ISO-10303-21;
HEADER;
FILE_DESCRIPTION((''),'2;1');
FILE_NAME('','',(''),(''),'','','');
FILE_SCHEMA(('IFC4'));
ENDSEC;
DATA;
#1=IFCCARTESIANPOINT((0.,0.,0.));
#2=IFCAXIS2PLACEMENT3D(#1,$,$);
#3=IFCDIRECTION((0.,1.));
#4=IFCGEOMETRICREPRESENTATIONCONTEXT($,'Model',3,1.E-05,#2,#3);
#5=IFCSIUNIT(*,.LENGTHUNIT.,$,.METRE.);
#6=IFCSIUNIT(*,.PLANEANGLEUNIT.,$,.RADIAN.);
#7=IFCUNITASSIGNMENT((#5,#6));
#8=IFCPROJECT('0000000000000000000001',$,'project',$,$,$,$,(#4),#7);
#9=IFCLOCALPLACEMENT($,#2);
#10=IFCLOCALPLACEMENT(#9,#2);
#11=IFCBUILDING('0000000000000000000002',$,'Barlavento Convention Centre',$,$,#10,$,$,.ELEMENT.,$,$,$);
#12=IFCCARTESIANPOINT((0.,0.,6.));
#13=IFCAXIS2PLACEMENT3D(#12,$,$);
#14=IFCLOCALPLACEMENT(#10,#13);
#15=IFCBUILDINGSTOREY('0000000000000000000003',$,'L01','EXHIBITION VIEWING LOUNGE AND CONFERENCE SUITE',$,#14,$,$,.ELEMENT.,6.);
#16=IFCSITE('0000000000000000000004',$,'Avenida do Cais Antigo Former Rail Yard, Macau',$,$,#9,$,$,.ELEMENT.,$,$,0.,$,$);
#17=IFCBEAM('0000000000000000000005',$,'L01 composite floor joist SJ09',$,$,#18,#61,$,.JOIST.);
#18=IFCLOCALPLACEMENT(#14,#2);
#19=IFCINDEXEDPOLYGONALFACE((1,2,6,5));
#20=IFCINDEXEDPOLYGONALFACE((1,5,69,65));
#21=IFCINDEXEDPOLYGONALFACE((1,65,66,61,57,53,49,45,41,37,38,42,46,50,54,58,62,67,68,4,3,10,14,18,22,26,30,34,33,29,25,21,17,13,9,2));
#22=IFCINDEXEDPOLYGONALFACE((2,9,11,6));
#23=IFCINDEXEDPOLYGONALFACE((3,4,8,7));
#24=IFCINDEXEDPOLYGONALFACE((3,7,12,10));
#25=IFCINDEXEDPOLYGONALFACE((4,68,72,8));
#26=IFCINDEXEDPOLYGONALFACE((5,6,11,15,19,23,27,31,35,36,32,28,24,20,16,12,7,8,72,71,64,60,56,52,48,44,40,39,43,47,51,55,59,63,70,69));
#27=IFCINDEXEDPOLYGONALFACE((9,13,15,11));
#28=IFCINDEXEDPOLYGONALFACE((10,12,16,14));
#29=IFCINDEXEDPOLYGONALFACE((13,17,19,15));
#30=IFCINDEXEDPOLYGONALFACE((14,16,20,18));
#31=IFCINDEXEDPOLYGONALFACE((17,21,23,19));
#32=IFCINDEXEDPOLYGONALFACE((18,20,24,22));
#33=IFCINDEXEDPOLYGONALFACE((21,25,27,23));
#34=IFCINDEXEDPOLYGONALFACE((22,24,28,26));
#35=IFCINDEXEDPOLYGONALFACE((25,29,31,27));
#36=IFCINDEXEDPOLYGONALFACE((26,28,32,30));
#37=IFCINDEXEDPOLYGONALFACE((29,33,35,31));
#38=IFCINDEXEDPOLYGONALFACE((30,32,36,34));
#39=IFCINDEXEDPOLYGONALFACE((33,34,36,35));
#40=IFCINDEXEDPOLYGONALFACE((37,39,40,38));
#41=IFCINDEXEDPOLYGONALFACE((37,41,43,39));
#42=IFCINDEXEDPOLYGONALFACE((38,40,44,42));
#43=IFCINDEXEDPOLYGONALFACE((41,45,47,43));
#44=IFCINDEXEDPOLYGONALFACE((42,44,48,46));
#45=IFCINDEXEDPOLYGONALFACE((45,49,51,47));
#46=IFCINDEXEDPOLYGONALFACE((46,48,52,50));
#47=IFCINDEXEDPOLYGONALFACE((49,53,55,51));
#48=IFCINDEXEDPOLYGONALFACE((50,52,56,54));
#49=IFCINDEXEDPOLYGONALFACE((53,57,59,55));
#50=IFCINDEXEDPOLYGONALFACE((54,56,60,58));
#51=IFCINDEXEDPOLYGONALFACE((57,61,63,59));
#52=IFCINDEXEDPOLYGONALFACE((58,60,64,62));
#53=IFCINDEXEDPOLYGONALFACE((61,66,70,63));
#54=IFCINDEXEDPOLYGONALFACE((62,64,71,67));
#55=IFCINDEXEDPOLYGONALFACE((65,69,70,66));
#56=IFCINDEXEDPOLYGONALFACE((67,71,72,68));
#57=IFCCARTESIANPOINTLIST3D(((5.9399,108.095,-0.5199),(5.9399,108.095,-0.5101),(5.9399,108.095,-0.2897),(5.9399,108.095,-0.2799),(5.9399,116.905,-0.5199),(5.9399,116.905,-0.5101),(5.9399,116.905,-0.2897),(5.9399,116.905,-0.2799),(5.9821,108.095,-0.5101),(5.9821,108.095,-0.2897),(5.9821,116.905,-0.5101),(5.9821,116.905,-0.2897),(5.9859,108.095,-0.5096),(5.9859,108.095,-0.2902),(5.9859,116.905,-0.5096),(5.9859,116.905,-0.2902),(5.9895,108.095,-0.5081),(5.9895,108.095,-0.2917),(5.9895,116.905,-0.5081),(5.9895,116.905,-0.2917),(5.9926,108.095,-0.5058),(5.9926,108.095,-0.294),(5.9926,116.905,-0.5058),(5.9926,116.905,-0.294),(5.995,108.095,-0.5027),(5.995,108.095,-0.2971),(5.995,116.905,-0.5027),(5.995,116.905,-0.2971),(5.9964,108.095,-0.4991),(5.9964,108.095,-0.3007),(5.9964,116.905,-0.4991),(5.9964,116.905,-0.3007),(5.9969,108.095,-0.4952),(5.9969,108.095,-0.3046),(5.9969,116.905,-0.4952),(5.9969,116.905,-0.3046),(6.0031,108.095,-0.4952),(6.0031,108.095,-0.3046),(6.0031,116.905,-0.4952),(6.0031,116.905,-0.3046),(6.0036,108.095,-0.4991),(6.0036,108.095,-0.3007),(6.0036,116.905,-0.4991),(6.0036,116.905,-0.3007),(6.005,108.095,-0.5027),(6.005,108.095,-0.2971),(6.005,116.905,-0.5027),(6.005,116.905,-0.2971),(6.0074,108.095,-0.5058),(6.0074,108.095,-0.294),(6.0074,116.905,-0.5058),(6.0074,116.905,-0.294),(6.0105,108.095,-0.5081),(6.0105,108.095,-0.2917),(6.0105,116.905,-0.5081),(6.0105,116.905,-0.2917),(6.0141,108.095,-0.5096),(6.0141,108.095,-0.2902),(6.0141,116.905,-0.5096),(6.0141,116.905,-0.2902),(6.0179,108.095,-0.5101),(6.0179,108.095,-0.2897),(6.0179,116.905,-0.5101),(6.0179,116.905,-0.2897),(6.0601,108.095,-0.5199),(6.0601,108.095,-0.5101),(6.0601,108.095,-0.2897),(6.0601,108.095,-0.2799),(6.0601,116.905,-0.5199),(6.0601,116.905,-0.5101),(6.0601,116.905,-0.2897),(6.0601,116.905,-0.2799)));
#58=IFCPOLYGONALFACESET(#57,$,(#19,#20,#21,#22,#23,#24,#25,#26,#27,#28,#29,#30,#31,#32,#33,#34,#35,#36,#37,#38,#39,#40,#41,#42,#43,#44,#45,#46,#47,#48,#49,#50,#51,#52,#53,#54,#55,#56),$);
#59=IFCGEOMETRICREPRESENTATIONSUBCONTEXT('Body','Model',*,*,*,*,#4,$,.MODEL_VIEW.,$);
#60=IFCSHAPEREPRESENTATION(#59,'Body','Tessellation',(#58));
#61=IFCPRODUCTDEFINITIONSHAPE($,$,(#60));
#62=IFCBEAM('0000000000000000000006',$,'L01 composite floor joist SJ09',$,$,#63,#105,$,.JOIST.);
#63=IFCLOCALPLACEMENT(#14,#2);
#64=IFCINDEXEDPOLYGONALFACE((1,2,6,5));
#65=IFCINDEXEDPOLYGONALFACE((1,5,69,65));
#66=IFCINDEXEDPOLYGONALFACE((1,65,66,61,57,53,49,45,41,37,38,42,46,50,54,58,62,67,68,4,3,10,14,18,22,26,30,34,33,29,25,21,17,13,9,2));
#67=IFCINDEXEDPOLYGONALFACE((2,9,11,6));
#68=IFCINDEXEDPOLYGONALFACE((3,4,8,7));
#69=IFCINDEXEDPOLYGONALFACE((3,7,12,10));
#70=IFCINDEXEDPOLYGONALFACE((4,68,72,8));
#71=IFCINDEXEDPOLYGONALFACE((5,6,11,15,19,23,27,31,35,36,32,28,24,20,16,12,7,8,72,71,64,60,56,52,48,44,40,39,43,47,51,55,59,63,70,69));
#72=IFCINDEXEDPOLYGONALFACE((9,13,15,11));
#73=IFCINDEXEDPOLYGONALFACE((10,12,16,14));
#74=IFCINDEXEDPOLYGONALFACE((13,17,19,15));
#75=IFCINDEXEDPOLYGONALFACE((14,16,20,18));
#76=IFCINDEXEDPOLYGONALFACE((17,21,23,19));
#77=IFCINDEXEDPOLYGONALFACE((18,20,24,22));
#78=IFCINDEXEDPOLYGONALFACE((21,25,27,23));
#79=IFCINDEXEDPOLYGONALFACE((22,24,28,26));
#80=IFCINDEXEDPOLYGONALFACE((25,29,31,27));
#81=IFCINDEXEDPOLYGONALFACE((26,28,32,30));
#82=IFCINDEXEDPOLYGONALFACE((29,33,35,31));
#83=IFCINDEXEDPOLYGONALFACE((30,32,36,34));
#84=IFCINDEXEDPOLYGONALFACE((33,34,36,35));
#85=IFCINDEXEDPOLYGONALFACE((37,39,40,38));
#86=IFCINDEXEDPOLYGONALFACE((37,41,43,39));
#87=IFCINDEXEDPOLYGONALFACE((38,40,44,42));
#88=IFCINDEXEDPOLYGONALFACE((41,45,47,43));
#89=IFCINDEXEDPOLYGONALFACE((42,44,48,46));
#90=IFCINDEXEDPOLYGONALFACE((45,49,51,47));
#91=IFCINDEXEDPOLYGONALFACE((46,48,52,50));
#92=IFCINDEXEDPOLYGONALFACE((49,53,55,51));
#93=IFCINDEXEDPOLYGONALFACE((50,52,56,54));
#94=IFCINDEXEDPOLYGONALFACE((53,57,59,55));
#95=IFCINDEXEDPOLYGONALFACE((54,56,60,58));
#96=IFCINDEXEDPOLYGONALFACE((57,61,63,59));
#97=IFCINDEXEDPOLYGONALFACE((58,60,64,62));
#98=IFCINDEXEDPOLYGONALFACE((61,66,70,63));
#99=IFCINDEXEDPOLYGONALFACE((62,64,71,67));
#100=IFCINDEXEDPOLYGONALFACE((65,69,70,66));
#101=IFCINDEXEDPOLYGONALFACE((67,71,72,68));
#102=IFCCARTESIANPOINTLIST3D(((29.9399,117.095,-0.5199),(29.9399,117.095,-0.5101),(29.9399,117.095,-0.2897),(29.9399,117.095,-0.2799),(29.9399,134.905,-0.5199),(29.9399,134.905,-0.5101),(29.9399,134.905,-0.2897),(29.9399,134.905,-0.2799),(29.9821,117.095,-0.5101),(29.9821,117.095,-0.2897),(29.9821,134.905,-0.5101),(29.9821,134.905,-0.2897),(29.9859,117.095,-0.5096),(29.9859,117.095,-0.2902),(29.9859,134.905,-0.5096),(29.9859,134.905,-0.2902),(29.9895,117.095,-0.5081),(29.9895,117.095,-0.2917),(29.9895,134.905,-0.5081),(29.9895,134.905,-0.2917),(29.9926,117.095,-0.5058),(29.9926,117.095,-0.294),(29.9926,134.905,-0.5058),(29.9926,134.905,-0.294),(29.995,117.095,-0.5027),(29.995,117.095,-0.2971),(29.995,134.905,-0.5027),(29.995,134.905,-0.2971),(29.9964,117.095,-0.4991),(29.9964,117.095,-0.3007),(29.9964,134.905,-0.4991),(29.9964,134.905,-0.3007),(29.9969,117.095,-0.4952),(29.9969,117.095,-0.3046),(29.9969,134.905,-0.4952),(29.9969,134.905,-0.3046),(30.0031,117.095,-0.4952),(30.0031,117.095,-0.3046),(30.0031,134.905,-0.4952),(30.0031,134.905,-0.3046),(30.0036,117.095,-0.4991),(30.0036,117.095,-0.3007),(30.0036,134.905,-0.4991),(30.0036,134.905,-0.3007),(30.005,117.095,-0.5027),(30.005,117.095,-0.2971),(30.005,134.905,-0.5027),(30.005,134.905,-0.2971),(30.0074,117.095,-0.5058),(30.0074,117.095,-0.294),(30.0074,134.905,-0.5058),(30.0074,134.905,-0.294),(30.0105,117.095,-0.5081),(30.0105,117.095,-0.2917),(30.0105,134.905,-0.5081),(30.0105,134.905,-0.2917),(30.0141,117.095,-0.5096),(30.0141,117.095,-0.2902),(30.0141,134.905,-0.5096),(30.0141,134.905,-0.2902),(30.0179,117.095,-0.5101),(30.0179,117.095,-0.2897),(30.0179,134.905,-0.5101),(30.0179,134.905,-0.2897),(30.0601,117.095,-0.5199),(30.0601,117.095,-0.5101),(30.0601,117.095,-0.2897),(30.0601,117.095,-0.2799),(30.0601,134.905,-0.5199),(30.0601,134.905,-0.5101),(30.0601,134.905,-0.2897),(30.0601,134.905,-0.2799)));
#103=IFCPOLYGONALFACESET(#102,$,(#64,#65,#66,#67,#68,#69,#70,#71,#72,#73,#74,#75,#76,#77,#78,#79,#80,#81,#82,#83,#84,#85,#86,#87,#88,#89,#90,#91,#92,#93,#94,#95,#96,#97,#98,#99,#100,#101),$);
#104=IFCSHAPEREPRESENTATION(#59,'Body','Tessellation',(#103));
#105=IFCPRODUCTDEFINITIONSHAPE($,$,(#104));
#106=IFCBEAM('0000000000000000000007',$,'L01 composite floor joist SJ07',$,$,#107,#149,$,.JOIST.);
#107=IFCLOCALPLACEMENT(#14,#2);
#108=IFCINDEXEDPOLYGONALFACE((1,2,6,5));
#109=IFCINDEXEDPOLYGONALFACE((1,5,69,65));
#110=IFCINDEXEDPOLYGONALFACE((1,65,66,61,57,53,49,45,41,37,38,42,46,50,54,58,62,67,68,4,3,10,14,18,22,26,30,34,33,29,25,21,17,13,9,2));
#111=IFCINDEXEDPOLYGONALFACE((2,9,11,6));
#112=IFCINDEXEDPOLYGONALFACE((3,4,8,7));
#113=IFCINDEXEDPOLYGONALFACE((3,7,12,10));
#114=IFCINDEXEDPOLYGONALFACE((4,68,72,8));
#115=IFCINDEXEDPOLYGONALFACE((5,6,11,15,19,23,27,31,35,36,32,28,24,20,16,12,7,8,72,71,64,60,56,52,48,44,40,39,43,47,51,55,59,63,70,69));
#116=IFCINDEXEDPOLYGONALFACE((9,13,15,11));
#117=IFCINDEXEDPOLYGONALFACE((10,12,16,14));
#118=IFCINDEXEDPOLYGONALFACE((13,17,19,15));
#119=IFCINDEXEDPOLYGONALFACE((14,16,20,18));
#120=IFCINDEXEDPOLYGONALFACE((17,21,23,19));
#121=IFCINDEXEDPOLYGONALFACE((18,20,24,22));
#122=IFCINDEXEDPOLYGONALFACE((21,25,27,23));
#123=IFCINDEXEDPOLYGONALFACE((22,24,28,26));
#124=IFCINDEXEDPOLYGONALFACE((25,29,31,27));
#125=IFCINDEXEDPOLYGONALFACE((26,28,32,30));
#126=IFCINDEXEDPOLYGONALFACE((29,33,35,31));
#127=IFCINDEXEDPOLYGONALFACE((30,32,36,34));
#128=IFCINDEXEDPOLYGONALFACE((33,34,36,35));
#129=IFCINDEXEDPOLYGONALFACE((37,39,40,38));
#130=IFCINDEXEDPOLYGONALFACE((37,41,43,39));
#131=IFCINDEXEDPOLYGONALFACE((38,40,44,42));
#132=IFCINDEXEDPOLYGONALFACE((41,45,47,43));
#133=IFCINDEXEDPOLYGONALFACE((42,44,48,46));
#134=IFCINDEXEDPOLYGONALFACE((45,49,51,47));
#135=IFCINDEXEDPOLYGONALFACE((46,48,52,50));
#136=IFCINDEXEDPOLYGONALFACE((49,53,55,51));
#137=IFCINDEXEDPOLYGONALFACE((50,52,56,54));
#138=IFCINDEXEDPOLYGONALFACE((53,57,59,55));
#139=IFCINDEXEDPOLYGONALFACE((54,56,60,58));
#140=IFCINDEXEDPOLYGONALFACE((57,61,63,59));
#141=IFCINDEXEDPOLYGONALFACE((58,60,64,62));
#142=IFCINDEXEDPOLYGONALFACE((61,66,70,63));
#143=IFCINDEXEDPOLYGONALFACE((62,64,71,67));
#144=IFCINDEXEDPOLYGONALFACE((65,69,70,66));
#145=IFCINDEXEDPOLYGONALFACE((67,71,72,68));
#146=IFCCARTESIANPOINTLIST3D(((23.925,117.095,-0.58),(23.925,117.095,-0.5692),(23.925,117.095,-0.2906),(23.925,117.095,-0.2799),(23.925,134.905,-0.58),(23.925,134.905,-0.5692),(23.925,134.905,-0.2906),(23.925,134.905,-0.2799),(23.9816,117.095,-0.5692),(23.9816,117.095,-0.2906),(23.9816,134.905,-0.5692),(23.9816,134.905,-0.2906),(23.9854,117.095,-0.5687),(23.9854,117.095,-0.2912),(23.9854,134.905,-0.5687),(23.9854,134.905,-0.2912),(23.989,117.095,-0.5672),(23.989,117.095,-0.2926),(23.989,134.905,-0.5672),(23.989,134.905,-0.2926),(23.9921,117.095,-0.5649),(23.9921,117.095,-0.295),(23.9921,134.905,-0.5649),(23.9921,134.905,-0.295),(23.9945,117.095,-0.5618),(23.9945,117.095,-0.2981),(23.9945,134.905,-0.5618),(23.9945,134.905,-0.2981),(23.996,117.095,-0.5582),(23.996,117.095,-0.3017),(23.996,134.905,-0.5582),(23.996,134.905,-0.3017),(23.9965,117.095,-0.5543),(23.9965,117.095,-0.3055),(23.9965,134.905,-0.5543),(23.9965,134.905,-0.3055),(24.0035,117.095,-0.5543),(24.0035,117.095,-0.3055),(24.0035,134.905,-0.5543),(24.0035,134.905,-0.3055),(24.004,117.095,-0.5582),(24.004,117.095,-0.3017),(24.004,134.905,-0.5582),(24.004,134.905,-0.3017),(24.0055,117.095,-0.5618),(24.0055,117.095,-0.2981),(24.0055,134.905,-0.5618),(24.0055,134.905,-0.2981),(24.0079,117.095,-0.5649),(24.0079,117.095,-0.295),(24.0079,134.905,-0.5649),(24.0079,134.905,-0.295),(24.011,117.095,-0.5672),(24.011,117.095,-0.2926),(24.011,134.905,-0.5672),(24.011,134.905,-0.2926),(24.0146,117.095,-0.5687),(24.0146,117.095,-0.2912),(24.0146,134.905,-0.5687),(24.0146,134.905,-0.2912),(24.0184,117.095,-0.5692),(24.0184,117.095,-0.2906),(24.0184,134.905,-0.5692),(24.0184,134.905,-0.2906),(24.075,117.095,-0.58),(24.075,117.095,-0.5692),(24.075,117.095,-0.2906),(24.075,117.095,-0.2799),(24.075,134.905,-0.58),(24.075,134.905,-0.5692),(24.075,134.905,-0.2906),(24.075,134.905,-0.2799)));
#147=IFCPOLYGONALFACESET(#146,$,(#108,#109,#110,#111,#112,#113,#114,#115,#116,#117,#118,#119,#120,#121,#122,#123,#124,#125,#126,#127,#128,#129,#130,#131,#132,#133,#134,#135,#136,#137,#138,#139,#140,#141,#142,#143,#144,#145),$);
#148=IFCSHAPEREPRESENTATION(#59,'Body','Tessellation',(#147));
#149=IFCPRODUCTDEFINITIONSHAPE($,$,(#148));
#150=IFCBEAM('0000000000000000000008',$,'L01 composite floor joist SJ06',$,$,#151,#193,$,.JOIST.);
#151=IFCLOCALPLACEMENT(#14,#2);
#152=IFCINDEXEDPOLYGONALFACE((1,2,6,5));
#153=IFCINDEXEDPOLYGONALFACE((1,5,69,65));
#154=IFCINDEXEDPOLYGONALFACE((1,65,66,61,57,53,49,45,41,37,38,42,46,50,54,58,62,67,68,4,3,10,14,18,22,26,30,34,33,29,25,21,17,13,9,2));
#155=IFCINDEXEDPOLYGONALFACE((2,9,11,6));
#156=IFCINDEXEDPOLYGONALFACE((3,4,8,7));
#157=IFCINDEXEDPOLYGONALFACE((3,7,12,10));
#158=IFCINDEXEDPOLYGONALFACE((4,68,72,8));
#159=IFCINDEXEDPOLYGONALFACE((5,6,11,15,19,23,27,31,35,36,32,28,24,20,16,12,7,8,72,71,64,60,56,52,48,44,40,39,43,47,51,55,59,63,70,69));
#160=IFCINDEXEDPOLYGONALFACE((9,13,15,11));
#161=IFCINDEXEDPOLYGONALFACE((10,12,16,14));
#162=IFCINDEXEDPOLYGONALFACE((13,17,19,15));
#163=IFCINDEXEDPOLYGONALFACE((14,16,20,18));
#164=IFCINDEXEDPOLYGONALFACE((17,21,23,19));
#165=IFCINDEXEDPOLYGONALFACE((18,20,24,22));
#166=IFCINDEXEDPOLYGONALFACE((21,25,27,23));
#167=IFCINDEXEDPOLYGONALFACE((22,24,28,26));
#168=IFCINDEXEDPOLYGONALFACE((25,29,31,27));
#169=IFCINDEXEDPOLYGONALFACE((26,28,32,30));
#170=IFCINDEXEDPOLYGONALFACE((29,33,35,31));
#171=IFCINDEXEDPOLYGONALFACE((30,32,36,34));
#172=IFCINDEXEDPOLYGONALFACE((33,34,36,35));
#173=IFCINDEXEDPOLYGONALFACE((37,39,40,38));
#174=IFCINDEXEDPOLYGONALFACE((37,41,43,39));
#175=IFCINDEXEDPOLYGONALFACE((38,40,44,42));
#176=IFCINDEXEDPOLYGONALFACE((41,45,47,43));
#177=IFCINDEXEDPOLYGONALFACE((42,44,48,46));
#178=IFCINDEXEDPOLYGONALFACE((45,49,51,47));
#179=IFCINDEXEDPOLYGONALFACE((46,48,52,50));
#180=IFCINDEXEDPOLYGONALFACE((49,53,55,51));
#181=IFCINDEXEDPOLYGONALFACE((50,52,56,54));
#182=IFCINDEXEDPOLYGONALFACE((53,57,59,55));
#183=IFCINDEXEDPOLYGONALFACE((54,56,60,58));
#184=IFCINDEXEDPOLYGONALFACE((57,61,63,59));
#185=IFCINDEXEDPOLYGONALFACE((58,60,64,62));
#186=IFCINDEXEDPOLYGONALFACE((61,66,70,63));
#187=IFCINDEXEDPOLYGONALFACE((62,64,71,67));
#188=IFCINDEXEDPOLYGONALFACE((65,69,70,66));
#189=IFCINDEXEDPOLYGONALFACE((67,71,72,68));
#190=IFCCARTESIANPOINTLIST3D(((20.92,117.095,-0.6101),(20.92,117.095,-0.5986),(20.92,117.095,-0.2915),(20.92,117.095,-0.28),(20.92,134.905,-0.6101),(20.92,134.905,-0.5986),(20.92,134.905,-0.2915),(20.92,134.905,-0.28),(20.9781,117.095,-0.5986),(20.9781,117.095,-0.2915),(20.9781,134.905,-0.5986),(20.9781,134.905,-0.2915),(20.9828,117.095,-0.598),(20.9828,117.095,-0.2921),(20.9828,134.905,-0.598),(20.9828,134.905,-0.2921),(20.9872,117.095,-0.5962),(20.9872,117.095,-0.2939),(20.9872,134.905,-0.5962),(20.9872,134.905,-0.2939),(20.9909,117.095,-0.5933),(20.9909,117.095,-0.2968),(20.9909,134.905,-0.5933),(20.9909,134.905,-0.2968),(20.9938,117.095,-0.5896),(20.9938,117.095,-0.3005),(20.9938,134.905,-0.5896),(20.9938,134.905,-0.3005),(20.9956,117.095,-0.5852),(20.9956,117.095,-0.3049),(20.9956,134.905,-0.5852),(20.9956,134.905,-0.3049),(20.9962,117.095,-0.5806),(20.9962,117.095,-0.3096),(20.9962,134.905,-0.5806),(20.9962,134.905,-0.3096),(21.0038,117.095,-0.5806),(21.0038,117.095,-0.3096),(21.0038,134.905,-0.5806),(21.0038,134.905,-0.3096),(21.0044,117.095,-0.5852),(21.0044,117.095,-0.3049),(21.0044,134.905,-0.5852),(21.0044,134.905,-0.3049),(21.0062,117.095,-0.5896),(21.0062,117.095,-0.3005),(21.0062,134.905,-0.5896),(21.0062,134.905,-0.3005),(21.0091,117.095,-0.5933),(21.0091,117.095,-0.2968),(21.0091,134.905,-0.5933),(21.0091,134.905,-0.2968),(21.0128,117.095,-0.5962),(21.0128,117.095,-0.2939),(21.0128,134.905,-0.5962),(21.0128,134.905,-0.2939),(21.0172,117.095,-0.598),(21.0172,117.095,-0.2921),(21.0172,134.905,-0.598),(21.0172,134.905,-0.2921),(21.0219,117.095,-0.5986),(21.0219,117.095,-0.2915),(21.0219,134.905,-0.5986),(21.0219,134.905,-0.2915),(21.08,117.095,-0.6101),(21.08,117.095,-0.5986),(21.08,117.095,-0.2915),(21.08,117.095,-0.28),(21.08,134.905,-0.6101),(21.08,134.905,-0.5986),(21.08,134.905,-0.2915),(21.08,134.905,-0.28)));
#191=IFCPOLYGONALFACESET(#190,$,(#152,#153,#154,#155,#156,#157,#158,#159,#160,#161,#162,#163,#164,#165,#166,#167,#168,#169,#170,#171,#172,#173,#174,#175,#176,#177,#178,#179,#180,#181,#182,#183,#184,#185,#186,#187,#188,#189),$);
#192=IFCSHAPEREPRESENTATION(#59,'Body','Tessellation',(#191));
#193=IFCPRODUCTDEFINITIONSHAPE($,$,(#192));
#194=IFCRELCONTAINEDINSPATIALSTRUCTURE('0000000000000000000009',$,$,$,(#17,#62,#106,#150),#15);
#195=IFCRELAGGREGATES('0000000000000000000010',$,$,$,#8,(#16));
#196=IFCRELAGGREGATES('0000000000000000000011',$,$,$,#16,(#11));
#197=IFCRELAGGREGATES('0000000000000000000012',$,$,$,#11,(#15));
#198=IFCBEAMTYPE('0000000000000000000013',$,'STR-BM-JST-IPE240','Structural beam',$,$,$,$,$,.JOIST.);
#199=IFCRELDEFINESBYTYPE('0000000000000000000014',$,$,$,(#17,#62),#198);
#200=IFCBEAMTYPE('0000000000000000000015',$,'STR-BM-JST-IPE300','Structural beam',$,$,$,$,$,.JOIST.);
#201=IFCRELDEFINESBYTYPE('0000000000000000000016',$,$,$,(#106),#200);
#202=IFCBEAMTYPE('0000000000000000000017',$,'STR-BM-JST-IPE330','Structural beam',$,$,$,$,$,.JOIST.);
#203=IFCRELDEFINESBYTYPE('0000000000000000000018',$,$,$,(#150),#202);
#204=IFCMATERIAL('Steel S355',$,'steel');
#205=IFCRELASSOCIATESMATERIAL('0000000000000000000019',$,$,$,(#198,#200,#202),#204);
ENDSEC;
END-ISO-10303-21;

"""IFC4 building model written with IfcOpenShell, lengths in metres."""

from ifc_helpers import new_model, si_unit, direction, frame, origin, origin_2d, place, context, subcontext, project, spatial, i_section, extrude, material, material_profile, profile_set, type_object, element, save


model = new_model("IFC4")

# Units and contexts
model_context = context("Model", 3, precision=1e-05, world=origin(), true_north=direction((0.0, 1.0)))
body_context = subcontext(model_context, "Body", "Model", "MODEL_VIEW")
ifc_project = project(units=[si_unit("LENGTHUNIT", "METRE"), si_unit("PLANEANGLEUNIT", "RADIAN")], contexts=[model_context])

# Site, building, storey
site_placement = place(None, origin())
site = spatial("IfcSite", under=ifc_project, at=site_placement, Name="Avenida do Cais Antigo Former Rail Yard, Macau", CompositionType="ELEMENT", RefElevation=0.0)
building_placement = place(site_placement, origin())
building = spatial("IfcBuilding", under=site, at=building_placement, Name="Barlavento Convention Centre", CompositionType="ELEMENT")
storey_placement = place(building_placement, frame((0.0, 0.0, 6.0)))
storey = spatial("IfcBuildingStorey", under=building, at=storey_placement, Name="L01", Description="EXHIBITION VIEWING LOUNGE AND CONFERENCE SUITE", CompositionType="ELEMENT", Elevation=6.0)

# Shared definitions
ifc_material_1 = material(Name="Steel S355", Category="steel")

# Beams
ifc_material_profile_1 = material_profile(ifc_material_1, i_section(OverallWidth=0.1201, OverallDepth=0.24, WebThickness=0.0061, FlangeThickness=0.0098, FilletRadius=0.0149, at=origin_2d()), Name="IPE 240")
ifc_profile_set_1 = profile_set([ifc_material_profile_1], Name="Steel S355")
beam_type_1 = type_object("IfcBeamType", Name="STR-BM-JST-IPE240", Description="Structural beam", PredefinedType="JOIST", material=ifc_profile_set_1)
beam_1_placement = place(storey_placement, frame((6.0, 108.095, -0.3999), z_axis=(0.0, 1.0, 0.0), x_axis=(-1.0, 0.0, 0.0)))
element("IfcBeam", 1, at=beam_1_placement, inside=storey, type_object=beam_type_1, Name="L01 composite floor joist SJ09", PredefinedType="JOIST", context=body_context, shape_type="SweptSolid", body=[
    extrude(i_section(OverallWidth=0.1201, OverallDepth=0.24, WebThickness=0.0061, FlangeThickness=0.0098, FilletRadius=0.0149, at=origin_2d()), origin(), (0.0, 0.0, 1.0), 8.8101),
])
beam_2_placement = place(storey_placement, frame((30.0, 117.095, -0.3999), z_axis=(0.0, 1.0, 0.0), x_axis=(-1.0, 0.0, 0.0)))
element("IfcBeam", 2, at=beam_2_placement, inside=storey, type_object=beam_type_1, Name="L01 composite floor joist SJ09", PredefinedType="JOIST", context=body_context, shape_type="SweptSolid", body=[
    extrude(i_section(OverallWidth=0.1201, OverallDepth=0.24, WebThickness=0.0061, FlangeThickness=0.0098, FilletRadius=0.0149, at=origin_2d()), origin(), (0.0, 0.0, 1.0), 17.8101),
])
ifc_material_profile_2 = material_profile(ifc_material_1, i_section(OverallWidth=0.1499, OverallDepth=0.3, WebThickness=0.0071, FlangeThickness=0.0107, FilletRadius=0.0149, at=origin_2d()), Name="IPE 300")
ifc_profile_set_2 = profile_set([ifc_material_profile_2], Name="Steel S355")
beam_type_2 = type_object("IfcBeamType", Name="STR-BM-JST-IPE300", Description="Structural beam", PredefinedType="JOIST", material=ifc_profile_set_2)
beam_3_placement = place(storey_placement, frame((24.0, 117.095, -0.4299), z_axis=(0.0, 1.0, 0.0), x_axis=(-1.0, 0.0, 0.0)))
element("IfcBeam", 3, at=beam_3_placement, inside=storey, type_object=beam_type_2, Name="L01 composite floor joist SJ07", PredefinedType="JOIST", context=body_context, shape_type="SweptSolid", body=[
    extrude(i_section(OverallWidth=0.1499, OverallDepth=0.3, WebThickness=0.0071, FlangeThickness=0.0107, FilletRadius=0.0149, at=origin_2d()), origin(), (0.0, 0.0, 1.0), 17.8101),
])
ifc_material_profile_3 = material_profile(ifc_material_1, i_section(OverallWidth=0.1599, OverallDepth=0.3301, WebThickness=0.0076, FlangeThickness=0.0115, FilletRadius=0.0181, at=origin_2d()), Name="IPE 330")
ifc_profile_set_3 = profile_set([ifc_material_profile_3], Name="Steel S355")
beam_type_3 = type_object("IfcBeamType", Name="STR-BM-JST-IPE330", Description="Structural beam", PredefinedType="JOIST", material=ifc_profile_set_3)
beam_4_placement = place(storey_placement, frame((21.0, 117.095, -0.4451), z_axis=(0.0, 1.0, 0.0), x_axis=(-1.0, 0.0, 0.0)))
element("IfcBeam", 4, at=beam_4_placement, inside=storey, type_object=beam_type_3, Name="L01 composite floor joist SJ06", PredefinedType="JOIST", context=body_context, shape_type="SweptSolid", body=[
    extrude(i_section(OverallWidth=0.1599, OverallDepth=0.3301, WebThickness=0.0076, FlangeThickness=0.0115, FilletRadius=0.0181, at=origin_2d()), origin(), (0.0, 0.0, 1.0), 17.8101),
])

save(model, "model.ifc")
